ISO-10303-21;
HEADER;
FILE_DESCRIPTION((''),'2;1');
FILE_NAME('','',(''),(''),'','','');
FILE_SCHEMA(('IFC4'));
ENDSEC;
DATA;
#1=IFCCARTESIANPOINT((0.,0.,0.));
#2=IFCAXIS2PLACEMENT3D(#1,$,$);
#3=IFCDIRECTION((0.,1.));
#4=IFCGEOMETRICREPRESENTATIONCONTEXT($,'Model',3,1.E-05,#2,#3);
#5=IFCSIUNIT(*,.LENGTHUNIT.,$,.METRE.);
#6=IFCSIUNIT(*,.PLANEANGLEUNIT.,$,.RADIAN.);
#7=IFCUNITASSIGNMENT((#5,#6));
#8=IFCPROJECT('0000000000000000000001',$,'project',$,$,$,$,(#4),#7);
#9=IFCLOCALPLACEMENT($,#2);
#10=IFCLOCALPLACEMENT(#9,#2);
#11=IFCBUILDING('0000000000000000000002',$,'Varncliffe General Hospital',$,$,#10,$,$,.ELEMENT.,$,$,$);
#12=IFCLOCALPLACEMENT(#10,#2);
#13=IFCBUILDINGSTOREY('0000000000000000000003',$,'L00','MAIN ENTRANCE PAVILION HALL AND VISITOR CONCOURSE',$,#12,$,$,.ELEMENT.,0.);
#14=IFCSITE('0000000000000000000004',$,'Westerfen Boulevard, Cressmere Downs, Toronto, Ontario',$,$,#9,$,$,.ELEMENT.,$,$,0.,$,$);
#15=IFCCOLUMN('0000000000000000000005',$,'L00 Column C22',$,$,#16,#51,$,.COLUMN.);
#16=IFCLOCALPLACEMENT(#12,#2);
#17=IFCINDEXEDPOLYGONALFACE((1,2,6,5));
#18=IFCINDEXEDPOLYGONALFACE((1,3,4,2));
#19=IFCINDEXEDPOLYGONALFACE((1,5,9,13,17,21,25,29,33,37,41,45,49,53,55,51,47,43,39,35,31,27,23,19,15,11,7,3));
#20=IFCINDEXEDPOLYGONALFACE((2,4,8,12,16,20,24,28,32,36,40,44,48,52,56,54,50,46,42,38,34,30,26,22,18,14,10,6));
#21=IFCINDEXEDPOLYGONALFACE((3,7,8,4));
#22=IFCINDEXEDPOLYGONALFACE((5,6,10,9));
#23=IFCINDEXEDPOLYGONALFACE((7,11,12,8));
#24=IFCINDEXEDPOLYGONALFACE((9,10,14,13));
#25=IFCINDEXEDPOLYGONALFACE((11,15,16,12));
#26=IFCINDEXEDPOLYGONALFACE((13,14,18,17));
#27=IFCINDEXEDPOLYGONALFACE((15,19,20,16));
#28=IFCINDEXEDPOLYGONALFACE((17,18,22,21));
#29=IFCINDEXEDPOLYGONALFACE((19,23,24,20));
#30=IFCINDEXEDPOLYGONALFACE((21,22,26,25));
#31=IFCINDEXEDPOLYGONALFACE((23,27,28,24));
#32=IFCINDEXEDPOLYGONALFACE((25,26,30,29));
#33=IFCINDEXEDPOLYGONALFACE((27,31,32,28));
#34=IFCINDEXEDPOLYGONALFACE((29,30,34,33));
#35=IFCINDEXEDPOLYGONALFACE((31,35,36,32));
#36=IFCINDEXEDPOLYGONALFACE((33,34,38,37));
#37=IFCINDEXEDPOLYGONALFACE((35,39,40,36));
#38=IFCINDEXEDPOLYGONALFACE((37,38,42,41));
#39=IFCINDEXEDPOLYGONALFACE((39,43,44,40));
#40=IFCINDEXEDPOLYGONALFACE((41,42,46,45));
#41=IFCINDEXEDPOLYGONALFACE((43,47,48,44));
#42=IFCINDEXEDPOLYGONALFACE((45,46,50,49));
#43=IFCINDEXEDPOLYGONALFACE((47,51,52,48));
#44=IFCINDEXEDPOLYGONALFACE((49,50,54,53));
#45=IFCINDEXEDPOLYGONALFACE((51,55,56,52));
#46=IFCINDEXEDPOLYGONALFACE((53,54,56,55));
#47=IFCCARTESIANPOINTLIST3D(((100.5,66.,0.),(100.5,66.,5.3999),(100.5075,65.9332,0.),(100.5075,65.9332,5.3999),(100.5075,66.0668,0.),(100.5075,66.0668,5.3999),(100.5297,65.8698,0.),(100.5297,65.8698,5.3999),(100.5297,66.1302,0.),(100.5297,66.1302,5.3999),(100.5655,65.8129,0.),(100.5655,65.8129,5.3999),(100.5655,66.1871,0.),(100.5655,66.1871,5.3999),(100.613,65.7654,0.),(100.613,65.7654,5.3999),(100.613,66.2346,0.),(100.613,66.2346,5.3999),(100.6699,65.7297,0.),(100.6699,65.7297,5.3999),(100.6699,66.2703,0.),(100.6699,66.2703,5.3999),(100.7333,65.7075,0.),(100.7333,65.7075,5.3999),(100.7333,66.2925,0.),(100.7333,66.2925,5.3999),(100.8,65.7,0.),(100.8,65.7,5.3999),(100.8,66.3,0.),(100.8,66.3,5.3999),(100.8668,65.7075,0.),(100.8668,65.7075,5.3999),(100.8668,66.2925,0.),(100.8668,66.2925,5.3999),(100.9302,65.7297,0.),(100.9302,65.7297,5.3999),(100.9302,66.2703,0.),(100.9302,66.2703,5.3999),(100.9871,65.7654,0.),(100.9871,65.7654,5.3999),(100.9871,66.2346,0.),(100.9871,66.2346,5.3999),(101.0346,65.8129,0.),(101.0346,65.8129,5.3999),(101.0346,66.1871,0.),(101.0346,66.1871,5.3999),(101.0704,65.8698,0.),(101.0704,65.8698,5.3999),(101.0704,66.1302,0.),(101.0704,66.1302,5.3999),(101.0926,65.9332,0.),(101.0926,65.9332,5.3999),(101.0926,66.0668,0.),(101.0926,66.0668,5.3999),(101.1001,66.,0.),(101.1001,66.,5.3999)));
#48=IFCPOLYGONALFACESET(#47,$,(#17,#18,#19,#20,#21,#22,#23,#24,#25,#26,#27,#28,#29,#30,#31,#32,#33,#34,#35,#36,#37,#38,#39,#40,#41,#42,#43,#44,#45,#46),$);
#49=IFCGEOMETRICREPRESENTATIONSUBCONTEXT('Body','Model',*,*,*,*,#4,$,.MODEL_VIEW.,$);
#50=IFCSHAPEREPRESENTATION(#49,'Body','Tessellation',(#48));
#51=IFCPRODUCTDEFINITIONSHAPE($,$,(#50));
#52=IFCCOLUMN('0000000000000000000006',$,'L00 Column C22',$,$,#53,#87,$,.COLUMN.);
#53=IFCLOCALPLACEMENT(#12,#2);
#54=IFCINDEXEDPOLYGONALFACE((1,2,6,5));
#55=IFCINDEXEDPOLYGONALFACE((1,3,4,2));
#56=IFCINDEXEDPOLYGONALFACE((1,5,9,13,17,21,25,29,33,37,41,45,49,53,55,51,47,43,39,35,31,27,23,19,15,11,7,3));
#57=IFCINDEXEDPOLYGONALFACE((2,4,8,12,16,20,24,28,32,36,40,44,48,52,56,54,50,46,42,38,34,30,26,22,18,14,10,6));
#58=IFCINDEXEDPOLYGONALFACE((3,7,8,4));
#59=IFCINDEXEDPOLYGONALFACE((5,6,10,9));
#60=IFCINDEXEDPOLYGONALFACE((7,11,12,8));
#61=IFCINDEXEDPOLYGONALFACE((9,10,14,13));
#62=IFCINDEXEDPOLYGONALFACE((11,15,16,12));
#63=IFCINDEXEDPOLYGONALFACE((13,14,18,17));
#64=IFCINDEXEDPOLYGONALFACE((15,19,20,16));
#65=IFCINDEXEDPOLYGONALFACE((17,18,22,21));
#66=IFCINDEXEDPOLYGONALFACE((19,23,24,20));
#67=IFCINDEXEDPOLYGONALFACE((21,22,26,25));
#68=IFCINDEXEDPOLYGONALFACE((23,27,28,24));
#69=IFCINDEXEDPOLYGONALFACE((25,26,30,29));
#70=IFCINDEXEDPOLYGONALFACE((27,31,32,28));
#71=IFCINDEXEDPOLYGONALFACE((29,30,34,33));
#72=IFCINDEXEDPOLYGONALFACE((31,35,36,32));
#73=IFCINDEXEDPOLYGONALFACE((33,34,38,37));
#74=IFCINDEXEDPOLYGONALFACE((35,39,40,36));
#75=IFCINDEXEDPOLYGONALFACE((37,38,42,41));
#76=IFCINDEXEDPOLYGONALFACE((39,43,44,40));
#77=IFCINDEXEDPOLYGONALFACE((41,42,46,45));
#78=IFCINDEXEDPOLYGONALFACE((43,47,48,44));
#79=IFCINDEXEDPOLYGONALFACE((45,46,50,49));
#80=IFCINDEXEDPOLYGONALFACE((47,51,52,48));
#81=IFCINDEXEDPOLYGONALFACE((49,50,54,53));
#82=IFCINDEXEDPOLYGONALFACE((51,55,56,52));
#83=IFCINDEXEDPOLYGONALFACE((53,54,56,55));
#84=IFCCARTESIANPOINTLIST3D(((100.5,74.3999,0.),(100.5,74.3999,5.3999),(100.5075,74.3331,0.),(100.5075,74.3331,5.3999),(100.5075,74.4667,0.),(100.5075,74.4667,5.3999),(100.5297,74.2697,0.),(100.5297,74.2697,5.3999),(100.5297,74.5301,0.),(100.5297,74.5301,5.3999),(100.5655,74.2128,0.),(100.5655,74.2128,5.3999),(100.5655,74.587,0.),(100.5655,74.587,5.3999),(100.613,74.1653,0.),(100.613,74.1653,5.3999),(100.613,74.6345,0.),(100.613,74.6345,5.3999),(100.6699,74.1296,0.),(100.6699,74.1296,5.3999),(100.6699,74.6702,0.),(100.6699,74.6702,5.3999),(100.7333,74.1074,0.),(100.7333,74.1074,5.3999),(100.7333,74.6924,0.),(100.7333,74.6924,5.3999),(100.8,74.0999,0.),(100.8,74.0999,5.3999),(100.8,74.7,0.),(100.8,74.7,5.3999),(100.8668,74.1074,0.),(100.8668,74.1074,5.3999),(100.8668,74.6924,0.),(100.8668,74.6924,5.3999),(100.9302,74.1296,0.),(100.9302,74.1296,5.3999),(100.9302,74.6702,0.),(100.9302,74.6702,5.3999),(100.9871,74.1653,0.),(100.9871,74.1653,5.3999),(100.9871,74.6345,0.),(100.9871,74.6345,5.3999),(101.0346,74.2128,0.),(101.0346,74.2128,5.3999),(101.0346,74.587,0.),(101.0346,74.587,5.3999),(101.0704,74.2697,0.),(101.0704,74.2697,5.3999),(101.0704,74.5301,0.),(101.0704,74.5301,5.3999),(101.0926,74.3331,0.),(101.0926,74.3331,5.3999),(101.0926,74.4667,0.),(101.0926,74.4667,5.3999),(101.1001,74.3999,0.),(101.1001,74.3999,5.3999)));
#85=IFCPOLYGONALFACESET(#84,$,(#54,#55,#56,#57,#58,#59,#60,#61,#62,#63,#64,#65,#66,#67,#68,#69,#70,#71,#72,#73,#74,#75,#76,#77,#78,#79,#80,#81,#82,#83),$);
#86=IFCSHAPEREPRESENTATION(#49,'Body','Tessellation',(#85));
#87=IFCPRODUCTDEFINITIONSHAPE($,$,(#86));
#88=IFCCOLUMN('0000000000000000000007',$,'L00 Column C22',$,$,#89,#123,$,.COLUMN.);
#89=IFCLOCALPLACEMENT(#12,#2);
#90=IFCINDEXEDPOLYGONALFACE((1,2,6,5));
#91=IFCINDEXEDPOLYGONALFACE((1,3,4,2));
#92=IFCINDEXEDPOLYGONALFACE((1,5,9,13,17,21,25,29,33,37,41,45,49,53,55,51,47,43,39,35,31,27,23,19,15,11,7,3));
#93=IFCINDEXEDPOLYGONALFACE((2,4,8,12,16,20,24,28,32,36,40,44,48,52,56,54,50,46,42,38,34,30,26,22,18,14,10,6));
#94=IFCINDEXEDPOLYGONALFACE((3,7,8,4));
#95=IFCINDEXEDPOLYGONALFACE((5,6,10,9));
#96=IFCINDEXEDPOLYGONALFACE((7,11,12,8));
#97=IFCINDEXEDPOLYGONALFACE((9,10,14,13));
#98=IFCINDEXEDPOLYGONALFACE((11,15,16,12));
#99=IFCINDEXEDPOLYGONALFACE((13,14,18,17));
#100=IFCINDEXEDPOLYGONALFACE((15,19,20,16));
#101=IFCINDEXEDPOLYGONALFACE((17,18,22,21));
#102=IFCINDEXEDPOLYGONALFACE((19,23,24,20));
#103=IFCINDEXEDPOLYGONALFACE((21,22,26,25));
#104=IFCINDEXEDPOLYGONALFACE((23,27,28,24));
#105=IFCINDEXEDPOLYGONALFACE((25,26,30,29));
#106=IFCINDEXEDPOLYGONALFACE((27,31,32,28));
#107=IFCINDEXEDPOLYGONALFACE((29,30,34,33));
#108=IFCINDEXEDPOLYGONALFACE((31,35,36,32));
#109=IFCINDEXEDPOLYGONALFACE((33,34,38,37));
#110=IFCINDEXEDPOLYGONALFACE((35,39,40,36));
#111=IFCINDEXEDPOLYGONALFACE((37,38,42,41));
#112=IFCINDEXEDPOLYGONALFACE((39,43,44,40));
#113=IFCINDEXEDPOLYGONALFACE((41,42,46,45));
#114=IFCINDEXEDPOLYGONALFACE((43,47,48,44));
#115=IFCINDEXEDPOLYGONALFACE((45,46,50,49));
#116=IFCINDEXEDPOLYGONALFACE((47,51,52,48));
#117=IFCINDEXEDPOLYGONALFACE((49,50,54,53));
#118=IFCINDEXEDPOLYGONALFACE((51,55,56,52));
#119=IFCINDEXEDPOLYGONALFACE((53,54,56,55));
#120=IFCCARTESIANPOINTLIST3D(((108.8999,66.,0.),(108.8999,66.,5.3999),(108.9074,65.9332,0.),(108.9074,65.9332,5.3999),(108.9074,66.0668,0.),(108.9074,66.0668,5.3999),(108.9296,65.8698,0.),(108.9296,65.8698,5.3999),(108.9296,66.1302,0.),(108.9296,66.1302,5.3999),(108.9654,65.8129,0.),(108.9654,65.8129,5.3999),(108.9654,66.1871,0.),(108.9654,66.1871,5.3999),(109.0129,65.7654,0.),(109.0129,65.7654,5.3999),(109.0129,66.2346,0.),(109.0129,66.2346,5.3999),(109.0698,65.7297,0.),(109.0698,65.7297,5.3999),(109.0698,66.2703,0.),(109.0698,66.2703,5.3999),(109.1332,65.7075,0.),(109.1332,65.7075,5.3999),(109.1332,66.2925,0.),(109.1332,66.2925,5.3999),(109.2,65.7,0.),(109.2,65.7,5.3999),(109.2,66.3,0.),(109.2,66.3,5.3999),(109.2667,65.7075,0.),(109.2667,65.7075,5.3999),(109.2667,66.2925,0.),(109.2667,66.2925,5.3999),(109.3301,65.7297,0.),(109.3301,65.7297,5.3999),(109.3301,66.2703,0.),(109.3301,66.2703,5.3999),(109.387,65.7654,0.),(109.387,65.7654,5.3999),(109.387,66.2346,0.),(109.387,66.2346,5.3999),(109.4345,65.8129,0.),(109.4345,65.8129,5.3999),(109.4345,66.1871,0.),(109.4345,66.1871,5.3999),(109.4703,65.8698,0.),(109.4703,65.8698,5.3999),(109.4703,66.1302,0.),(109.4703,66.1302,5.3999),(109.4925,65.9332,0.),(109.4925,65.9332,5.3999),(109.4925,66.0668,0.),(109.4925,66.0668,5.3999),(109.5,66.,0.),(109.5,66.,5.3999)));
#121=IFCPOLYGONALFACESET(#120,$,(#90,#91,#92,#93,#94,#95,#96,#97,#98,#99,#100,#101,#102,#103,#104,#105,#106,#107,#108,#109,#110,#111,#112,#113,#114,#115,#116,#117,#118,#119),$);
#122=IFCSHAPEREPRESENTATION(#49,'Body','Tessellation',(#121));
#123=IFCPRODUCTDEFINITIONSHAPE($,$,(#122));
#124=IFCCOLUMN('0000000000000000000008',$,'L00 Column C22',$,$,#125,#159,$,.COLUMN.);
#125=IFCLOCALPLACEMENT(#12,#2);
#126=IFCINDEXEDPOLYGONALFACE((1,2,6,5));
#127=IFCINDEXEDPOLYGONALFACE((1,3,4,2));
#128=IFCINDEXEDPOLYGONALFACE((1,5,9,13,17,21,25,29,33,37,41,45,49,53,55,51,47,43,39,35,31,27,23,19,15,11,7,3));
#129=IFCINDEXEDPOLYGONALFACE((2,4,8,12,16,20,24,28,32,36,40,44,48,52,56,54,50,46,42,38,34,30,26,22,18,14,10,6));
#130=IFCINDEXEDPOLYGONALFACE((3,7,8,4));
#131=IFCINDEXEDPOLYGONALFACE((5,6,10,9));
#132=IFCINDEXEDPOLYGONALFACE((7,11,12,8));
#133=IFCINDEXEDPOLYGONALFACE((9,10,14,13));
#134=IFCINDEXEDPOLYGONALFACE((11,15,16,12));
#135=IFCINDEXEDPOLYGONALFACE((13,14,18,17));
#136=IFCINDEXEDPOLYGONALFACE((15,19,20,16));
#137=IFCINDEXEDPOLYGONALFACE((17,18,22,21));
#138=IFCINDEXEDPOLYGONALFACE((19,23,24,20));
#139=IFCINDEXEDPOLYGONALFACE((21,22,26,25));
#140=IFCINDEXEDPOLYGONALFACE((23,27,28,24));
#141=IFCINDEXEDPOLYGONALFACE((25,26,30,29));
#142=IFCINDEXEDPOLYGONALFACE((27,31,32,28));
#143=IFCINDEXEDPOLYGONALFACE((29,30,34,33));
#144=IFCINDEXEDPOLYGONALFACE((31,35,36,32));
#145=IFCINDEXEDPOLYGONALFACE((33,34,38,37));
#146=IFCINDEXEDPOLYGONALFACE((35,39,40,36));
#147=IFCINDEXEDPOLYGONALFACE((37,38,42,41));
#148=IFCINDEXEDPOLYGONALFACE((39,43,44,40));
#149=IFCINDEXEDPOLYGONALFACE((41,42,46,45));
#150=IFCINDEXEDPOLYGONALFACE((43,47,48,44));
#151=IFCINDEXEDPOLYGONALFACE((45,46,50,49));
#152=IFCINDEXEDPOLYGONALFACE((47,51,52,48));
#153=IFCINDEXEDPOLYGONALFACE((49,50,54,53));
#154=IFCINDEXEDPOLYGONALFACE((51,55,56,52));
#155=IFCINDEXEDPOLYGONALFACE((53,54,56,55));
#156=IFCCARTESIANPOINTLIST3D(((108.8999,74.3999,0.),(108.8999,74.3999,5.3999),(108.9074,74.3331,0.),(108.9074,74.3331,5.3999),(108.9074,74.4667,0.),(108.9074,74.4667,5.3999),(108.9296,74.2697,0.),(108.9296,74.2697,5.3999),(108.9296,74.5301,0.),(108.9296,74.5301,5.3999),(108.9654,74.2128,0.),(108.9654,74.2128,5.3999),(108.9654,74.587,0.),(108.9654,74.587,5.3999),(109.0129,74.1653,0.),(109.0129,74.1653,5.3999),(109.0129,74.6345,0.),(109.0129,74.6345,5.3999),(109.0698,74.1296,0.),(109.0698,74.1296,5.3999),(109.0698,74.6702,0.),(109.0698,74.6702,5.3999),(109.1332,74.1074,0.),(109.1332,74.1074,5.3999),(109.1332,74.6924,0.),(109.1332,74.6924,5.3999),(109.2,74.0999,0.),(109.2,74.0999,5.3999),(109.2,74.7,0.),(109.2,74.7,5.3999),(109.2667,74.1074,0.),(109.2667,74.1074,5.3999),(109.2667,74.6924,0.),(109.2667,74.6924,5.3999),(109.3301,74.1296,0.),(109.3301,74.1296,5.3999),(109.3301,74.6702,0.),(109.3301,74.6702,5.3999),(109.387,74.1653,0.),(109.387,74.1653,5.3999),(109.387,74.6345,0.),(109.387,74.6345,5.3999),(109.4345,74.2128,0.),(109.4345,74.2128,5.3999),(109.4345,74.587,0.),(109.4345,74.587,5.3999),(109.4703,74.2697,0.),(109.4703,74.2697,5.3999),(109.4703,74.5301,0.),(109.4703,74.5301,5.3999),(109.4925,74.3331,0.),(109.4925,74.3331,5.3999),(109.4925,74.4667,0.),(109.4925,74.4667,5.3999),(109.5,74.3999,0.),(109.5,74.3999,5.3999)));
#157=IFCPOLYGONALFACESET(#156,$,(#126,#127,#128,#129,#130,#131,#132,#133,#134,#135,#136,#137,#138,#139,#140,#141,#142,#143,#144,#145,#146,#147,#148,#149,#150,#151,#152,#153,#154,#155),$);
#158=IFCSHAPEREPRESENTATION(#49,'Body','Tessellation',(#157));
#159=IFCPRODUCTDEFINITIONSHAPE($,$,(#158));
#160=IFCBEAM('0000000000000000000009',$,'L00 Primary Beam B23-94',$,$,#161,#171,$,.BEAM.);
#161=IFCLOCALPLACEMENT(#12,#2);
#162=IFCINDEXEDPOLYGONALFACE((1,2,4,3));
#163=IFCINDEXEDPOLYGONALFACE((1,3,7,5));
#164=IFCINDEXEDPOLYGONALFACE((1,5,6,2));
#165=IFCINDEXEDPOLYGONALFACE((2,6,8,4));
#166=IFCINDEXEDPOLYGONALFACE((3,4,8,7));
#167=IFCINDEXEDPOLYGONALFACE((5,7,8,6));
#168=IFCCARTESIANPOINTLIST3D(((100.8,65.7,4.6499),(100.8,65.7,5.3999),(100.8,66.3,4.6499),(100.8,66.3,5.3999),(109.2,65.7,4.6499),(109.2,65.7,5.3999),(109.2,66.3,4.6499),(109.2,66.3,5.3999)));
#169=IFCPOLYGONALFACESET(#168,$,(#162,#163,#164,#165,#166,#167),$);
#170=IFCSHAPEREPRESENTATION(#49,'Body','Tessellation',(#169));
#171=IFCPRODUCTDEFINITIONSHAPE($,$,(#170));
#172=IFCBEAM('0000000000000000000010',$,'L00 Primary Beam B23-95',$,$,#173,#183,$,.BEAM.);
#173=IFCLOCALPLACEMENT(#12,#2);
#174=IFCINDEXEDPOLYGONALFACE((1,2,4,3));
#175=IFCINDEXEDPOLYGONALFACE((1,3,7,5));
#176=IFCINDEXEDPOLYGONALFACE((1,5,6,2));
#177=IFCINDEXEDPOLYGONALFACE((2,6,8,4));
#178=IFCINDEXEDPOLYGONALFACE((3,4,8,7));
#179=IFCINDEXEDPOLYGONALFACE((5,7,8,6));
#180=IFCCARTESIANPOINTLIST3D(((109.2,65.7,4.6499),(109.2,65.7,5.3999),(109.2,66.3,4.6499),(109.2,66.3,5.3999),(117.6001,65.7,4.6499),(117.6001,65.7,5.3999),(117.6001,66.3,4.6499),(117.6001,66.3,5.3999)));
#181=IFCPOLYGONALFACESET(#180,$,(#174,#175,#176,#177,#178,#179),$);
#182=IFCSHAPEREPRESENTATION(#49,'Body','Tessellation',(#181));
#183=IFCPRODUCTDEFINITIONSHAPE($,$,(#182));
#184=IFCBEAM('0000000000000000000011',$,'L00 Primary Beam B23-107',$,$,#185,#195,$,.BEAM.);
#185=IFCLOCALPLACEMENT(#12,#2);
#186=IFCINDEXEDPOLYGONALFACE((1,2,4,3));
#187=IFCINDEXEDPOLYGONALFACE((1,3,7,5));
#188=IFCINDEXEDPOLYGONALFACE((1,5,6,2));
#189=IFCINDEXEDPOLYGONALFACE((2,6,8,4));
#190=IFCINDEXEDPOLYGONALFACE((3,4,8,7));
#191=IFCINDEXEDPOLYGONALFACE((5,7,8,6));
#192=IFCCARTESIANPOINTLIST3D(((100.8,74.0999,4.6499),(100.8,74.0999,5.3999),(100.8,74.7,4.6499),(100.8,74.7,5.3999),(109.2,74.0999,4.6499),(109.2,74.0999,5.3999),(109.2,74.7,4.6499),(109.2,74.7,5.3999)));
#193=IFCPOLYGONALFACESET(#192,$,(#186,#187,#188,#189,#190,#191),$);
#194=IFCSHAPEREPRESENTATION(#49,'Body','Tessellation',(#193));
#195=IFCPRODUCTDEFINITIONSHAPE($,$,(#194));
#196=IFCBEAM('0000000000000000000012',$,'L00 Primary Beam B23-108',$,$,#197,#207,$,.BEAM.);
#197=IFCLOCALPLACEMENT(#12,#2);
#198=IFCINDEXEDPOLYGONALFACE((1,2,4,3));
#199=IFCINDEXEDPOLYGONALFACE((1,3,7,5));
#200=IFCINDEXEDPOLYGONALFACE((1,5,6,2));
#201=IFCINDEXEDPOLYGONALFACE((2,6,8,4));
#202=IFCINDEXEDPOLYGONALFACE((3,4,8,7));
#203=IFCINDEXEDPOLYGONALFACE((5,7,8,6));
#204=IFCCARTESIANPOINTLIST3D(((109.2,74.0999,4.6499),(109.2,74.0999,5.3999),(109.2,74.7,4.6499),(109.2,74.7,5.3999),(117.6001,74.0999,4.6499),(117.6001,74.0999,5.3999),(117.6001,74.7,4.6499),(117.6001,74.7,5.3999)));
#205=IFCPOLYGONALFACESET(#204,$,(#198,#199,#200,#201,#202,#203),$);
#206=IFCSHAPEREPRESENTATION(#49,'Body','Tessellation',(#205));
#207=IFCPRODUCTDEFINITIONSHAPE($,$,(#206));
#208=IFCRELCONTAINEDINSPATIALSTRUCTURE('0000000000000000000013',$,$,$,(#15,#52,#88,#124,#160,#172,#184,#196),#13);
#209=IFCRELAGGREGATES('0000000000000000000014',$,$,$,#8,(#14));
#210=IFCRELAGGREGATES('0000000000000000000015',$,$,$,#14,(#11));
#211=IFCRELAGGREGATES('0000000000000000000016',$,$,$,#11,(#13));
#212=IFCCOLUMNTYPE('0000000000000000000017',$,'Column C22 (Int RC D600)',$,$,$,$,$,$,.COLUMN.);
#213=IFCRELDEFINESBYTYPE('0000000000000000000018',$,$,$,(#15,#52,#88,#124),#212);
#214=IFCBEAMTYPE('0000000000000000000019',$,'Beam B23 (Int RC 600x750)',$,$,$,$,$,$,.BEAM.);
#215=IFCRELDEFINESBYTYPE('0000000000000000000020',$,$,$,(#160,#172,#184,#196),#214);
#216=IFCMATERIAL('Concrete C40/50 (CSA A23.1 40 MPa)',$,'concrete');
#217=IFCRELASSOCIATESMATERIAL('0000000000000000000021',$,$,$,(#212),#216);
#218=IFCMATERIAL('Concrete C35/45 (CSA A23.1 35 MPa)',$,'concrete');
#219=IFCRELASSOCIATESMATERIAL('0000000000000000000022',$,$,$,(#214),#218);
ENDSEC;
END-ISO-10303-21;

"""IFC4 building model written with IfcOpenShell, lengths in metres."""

from ifc_helpers import new_model, si_unit, direction, frame, origin, origin_2d, place, context, subcontext, project, spatial, rectangle, circle, extrude, material, material_profile, profile_set, type_object, element, save


model = new_model("IFC4")

# Units and contexts
model_context = context("Model", 3, precision=1e-05, world=origin(), true_north=direction((0.0, 1.0)))
body_context = subcontext(model_context, "Body", "Model", "MODEL_VIEW")
ifc_project = project(units=[si_unit("LENGTHUNIT", "METRE"), si_unit("PLANEANGLEUNIT", "RADIAN")], contexts=[model_context])

# Site, building, storey
site_placement = place(None, origin())
site = spatial("IfcSite", under=ifc_project, at=site_placement, Name="Westerfen Boulevard, Cressmere Downs, Toronto, Ontario", CompositionType="ELEMENT", RefElevation=0.0)
building_placement = place(site_placement, origin())
building = spatial("IfcBuilding", under=site, at=building_placement, Name="Varncliffe General Hospital", CompositionType="ELEMENT")
storey_placement = place(building_placement, origin())
storey = spatial("IfcBuildingStorey", under=building, at=storey_placement, Name="L00", Description="MAIN ENTRANCE PAVILION HALL AND VISITOR CONCOURSE", CompositionType="ELEMENT", Elevation=0.0)

# Columns
ifc_material_1 = material(Name="Concrete C40/50 (CSA A23.1 40 MPa)", Category="concrete")
ifc_material_profile_1 = material_profile(ifc_material_1, circle(Radius=0.3, at=origin_2d()), Name="RC D600")
ifc_profile_set_1 = profile_set([ifc_material_profile_1], Name="Concrete C40/50 (CSA A23.1 40 MPa)")
column_type = type_object("IfcColumnType", Name="Column C22 (Int RC D600)", PredefinedType="COLUMN", material=ifc_profile_set_1)
for number, where, z_axis, x_axis, name in (
    (1, (100.8, 66.0, 0.0), (0.0, 0.0, 1.0), (1.0, 0.0, 0.0), "L00 Column C22"),
    (2, (100.8, 74.3999, 0.0), (0.0, 0.0, 1.0), (1.0, 0.0, 0.0), "L00 Column C22"),
    (3, (109.2, 66.0, 0.0), (0.0, 0.0, 1.0), (1.0, 0.0, 0.0), "L00 Column C22"),
    (4, (109.2, 74.3999, 0.0), (0.0, 0.0, 1.0), (1.0, 0.0, 0.0), "L00 Column C22"),
):
    element("IfcColumn", number, at=place(storey_placement, frame(where, z_axis=z_axis, x_axis=x_axis)), inside=storey, type_object=column_type, Name=name, PredefinedType="COLUMN", context=body_context, shape_type="SweptSolid", body=[
        extrude(circle(Radius=0.3, at=origin_2d()), origin(), (0.0, 0.0, 1.0), 5.3999),
    ])

# Beams
ifc_material_2 = material(Name="Concrete C35/45 (CSA A23.1 35 MPa)", Category="concrete")
ifc_material_profile_2 = material_profile(ifc_material_2, rectangle(XDim=0.6001, YDim=0.75, at=origin_2d()), Name="RC 600x750")
ifc_profile_set_2 = profile_set([ifc_material_profile_2], Name="Concrete C35/45 (CSA A23.1 35 MPa)")
beam_type_1 = type_object("IfcBeamType", Name="Beam B23 (Int RC 600x750)", PredefinedType="BEAM", material=ifc_profile_set_2)
beam_1_placement = place(storey_placement, frame((100.8, 66.0, 5.0249), z_axis=(1.0, 0.0, 0.0), x_axis=(0.0, 1.0, 0.0)))
element("IfcBeam", 5, at=beam_1_placement, inside=storey, type_object=beam_type_1, Name="L00 Primary Beam B23-94", PredefinedType="BEAM", context=body_context, shape_type="SweptSolid", body=[
    extrude(rectangle(XDim=0.6001, YDim=0.75, at=origin_2d()), origin(), (0.0, 0.0, 1.0), 8.3999),
])
beam_2_placement = place(storey_placement, frame((109.2, 66.0, 5.0249), z_axis=(1.0, 0.0, 0.0), x_axis=(0.0, 1.0, 0.0)))
element("IfcBeam", 6, at=beam_2_placement, inside=storey, type_object=beam_type_1, Name="L00 Primary Beam B23-95", PredefinedType="BEAM", context=body_context, shape_type="SweptSolid", body=[
    extrude(rectangle(XDim=0.6001, YDim=0.75, at=origin_2d()), origin(), (0.0, 0.0, 1.0), 8.4001),
])
beam_3_placement = place(storey_placement, frame((100.8, 74.3999, 5.0249), z_axis=(1.0, 0.0, 0.0), x_axis=(0.0, 1.0, 0.0)))
element("IfcBeam", 7, at=beam_3_placement, inside=storey, type_object=beam_type_1, Name="L00 Primary Beam B23-107", PredefinedType="BEAM", context=body_context, shape_type="SweptSolid", body=[
    extrude(rectangle(XDim=0.6001, YDim=0.75, at=origin_2d()), origin(), (0.0, 0.0, 1.0), 8.3999),
])
beam_4_placement = place(storey_placement, frame((109.2, 74.3999, 5.0249), z_axis=(1.0, 0.0, 0.0), x_axis=(0.0, 1.0, 0.0)))
element("IfcBeam", 8, at=beam_4_placement, inside=storey, type_object=beam_type_1, Name="L00 Primary Beam B23-108", PredefinedType="BEAM", context=body_context, shape_type="SweptSolid", body=[
    extrude(rectangle(XDim=0.6001, YDim=0.75, at=origin_2d()), origin(), (0.0, 0.0, 1.0), 8.4001),
])

save(model, "model.ifc")
